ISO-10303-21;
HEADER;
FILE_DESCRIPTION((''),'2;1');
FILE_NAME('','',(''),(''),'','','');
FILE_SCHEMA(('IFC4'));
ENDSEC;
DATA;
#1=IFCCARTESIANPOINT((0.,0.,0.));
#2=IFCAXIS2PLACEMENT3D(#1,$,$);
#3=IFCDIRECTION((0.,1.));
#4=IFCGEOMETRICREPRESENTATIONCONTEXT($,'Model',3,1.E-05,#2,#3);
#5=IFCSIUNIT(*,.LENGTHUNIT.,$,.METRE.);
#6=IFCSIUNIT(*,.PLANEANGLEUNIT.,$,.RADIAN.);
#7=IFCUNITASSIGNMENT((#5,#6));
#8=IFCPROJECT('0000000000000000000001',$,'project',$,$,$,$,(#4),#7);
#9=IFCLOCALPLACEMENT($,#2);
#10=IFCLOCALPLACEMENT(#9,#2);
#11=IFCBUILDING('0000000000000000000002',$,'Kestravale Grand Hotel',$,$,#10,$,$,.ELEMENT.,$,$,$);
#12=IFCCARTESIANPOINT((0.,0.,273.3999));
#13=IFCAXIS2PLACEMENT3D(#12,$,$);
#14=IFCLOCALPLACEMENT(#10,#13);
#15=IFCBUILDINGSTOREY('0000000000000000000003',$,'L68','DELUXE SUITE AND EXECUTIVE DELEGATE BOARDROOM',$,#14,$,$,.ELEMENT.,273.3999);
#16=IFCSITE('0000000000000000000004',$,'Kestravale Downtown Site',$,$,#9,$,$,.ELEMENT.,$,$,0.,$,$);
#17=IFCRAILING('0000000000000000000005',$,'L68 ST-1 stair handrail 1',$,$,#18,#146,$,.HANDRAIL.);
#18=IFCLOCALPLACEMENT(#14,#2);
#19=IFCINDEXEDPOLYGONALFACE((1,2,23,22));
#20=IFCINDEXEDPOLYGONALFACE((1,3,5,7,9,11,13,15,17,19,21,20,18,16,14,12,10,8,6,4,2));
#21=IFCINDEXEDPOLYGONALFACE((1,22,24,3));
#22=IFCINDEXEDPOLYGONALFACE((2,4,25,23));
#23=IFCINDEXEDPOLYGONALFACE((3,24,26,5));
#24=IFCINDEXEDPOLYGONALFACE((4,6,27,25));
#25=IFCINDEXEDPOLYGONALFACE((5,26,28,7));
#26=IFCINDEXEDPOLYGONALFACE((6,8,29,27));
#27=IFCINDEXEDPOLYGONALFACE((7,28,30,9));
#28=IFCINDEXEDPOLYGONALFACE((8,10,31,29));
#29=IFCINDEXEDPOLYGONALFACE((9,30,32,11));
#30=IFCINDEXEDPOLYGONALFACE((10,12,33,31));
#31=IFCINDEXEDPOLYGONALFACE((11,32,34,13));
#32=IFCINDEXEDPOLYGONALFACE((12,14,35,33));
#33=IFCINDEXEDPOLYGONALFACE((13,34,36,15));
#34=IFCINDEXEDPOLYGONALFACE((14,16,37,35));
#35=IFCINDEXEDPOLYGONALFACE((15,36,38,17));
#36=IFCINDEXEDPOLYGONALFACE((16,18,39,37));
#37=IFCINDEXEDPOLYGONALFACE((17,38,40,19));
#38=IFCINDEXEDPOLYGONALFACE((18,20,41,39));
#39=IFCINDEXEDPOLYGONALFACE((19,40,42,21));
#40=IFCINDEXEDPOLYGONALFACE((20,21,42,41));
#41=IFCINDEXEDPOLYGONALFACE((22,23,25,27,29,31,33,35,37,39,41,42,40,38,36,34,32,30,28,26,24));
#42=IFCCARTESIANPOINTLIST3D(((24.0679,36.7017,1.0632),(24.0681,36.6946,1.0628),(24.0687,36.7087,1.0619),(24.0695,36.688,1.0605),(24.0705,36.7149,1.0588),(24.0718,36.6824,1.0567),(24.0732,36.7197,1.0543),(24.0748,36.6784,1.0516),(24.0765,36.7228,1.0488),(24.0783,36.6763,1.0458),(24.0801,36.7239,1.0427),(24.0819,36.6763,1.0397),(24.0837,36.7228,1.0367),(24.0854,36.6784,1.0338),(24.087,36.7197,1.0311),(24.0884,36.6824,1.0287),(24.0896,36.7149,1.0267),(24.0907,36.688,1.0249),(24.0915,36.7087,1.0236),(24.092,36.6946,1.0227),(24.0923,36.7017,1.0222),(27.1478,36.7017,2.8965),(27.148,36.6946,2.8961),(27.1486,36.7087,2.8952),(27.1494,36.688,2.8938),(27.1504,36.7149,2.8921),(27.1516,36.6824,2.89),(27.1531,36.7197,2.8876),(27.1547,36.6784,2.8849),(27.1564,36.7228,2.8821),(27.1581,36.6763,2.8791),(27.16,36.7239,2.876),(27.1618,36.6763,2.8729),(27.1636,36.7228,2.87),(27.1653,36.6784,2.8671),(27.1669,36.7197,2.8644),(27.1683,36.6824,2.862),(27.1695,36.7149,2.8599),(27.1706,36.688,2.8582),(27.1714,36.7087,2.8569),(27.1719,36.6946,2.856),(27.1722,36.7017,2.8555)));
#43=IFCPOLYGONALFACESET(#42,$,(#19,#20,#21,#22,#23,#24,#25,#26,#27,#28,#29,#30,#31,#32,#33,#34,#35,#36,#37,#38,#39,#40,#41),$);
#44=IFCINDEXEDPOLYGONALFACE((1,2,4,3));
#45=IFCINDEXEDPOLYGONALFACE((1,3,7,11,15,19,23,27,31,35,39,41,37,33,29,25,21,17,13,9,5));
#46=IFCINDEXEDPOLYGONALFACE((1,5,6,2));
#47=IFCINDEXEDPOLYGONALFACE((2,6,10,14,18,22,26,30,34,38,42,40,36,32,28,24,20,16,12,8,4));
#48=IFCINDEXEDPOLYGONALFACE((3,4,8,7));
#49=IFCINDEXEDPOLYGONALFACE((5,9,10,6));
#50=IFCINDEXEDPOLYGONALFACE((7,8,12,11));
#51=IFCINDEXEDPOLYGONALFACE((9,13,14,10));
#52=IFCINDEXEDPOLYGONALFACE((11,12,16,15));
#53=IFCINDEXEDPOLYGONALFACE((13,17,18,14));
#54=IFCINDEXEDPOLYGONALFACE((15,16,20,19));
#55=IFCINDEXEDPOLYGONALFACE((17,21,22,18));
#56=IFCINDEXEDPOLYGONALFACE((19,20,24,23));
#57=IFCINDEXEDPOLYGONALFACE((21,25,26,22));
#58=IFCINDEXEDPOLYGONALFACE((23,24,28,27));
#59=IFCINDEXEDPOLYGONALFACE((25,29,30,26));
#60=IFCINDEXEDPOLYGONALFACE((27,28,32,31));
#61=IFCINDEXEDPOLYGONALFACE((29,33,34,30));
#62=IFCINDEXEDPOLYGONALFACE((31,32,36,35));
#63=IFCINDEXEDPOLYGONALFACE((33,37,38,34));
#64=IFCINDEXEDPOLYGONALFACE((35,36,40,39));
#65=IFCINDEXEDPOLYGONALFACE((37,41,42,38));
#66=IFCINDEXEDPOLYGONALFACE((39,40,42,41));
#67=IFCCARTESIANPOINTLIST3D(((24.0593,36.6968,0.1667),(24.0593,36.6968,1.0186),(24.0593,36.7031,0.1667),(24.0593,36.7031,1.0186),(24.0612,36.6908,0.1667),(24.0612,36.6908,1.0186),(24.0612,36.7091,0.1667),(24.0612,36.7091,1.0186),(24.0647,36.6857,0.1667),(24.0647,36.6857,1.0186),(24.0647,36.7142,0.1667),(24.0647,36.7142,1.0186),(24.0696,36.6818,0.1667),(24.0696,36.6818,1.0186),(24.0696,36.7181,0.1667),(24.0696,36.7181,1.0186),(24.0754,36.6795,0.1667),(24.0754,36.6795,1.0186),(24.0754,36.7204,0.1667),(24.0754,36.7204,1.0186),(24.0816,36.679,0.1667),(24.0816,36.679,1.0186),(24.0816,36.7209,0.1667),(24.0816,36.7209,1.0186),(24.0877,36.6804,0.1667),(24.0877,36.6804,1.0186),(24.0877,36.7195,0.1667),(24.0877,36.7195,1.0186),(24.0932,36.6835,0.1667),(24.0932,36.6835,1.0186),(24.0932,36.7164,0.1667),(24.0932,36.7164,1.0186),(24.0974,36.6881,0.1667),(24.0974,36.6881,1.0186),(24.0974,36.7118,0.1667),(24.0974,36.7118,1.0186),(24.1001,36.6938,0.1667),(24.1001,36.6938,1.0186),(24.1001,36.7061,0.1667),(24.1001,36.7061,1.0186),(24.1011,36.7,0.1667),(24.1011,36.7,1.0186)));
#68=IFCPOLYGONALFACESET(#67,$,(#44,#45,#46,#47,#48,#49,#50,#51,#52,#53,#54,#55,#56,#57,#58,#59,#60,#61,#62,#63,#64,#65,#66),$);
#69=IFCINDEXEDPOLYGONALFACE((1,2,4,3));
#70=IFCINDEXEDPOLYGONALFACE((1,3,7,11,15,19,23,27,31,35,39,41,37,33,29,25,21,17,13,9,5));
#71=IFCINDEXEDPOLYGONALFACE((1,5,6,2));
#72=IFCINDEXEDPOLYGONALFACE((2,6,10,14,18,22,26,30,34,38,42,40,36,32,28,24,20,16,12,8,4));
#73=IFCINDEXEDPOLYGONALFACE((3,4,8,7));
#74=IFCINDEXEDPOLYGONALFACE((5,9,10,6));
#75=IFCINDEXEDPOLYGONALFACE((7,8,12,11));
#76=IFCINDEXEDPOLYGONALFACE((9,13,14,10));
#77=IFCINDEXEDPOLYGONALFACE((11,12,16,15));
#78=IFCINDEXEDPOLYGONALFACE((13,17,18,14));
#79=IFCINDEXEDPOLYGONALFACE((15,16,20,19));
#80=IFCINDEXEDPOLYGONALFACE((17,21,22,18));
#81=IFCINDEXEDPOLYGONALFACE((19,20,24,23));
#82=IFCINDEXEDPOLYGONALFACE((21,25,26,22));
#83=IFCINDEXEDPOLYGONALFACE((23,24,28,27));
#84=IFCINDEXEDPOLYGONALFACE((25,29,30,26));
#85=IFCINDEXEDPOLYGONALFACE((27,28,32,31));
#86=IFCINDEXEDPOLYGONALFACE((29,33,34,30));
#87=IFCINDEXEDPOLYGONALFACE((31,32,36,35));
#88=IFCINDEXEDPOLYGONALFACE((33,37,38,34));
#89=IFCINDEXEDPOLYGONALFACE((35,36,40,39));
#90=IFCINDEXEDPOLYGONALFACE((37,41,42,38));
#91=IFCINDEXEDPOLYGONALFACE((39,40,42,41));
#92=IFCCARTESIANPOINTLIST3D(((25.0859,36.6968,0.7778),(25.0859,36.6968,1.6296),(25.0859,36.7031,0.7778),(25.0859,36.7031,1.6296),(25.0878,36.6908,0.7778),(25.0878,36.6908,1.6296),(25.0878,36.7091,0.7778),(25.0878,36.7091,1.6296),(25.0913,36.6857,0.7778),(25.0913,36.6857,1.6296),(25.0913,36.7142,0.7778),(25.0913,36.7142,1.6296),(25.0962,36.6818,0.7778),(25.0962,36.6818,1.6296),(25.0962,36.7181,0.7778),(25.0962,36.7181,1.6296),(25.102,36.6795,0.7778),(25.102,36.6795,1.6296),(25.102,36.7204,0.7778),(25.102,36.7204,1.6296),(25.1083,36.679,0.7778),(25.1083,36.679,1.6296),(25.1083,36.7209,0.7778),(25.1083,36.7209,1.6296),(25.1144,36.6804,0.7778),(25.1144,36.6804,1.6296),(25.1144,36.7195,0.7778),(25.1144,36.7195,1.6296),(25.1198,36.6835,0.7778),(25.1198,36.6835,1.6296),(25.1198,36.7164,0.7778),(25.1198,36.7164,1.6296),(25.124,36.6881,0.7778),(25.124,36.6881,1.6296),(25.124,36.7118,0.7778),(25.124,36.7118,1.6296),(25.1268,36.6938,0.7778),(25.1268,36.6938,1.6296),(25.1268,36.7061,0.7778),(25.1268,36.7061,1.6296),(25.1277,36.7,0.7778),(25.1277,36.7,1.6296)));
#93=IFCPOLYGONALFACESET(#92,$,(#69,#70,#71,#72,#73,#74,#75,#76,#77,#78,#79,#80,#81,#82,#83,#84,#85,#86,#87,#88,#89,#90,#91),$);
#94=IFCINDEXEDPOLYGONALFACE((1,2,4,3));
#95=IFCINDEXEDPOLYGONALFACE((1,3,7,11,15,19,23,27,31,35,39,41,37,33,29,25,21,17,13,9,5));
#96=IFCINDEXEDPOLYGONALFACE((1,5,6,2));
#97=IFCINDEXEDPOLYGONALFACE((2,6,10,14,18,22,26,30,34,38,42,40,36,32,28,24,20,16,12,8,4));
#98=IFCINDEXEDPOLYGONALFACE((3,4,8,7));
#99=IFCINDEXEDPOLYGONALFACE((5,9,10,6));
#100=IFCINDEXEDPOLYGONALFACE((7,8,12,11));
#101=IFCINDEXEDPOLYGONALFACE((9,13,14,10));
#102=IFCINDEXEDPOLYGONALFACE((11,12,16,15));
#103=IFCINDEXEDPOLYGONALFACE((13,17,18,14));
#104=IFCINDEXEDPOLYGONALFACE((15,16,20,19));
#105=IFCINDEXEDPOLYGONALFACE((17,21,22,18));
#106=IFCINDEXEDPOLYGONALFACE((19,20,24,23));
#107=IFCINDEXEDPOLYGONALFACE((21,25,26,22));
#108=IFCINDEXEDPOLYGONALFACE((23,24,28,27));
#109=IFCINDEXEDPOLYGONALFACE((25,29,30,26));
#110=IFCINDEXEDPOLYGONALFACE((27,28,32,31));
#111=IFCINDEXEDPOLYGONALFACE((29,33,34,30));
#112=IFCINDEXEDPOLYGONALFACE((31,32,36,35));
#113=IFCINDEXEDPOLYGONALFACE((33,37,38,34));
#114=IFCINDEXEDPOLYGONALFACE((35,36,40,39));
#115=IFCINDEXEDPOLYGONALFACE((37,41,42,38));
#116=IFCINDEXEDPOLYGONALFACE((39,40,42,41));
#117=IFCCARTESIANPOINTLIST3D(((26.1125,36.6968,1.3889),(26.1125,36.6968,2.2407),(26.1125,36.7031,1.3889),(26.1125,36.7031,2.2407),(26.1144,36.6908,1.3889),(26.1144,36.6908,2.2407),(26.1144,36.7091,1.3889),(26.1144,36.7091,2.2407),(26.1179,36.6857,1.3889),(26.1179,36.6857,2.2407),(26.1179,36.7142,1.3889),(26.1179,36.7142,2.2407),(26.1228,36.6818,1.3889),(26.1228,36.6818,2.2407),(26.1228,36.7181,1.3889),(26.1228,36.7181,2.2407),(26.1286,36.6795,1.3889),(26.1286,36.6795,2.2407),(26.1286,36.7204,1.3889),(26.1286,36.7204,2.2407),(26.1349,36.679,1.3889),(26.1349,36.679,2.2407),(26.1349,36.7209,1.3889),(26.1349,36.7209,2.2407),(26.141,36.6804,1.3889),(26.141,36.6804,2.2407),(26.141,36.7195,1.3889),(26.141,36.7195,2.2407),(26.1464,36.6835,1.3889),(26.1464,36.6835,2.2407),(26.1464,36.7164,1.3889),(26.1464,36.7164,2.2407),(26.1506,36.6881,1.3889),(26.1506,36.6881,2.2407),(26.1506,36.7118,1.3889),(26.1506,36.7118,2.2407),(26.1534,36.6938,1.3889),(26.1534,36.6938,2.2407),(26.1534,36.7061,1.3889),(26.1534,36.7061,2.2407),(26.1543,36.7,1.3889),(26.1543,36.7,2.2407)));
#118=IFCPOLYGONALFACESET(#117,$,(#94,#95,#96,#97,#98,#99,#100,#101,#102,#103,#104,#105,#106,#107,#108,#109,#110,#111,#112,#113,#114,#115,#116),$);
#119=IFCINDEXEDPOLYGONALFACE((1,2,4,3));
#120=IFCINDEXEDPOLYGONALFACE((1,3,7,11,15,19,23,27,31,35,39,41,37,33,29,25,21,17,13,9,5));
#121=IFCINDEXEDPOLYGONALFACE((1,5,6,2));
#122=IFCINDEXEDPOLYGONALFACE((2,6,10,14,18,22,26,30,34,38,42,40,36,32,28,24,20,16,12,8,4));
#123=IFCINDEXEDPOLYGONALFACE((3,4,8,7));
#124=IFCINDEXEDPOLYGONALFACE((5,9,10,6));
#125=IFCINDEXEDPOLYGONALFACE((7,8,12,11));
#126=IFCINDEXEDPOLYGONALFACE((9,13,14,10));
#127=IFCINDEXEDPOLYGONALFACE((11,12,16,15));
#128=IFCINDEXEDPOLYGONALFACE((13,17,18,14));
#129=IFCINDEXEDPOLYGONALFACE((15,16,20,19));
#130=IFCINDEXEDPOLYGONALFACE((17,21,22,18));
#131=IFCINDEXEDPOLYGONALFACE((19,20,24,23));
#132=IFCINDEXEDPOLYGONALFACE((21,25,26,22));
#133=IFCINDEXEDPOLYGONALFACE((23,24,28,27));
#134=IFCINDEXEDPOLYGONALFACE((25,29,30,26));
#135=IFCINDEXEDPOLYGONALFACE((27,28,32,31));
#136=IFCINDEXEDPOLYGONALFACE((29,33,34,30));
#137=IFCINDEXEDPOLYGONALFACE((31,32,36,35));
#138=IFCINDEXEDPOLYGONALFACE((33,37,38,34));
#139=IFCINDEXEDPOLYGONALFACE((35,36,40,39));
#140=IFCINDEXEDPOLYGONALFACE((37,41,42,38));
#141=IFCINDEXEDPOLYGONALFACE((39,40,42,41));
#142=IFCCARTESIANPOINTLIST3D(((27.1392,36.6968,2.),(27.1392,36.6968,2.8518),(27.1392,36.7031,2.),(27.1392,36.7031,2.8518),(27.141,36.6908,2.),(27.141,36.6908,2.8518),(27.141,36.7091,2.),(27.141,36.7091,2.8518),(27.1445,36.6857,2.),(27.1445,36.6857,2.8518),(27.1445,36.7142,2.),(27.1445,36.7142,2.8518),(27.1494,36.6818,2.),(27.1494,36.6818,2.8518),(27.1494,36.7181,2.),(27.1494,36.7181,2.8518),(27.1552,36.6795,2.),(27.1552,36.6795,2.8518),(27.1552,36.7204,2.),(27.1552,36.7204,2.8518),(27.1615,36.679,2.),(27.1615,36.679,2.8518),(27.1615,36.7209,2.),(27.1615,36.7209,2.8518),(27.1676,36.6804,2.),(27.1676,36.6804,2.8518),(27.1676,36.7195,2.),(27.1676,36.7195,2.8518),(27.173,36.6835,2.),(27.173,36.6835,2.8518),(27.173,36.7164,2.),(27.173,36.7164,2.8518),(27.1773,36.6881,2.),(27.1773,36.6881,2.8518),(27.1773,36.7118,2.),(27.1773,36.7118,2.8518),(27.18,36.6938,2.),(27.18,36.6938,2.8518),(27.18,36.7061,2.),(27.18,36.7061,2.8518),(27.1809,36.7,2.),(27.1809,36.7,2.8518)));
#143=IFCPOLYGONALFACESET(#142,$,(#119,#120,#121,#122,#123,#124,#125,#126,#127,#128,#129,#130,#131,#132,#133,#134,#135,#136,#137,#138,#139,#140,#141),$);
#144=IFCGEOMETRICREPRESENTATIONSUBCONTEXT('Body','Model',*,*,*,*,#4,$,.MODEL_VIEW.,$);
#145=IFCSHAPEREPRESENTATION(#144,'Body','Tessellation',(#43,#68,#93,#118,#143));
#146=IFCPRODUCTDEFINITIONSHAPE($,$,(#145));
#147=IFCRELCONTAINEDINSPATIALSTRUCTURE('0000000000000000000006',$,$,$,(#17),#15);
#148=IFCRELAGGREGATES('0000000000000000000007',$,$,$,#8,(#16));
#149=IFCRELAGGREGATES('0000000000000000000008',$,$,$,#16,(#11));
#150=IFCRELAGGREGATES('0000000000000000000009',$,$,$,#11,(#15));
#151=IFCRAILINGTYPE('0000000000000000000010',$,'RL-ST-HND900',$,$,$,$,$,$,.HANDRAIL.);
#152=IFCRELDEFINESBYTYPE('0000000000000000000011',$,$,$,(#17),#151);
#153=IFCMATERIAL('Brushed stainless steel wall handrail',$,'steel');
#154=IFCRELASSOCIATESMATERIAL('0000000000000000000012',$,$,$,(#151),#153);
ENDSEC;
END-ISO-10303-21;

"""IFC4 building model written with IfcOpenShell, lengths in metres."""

from ifc_helpers import new_model, si_unit, direction, frame, origin, origin_2d, place, context, subcontext, project, spatial, circle, extrude, material, type_object, element, save


model = new_model("IFC4")

# Units and contexts
model_context = context("Model", 3, precision=1e-05, world=origin(), true_north=direction((0.0, 1.0)))
body_context = subcontext(model_context, "Body", "Model", "MODEL_VIEW")
ifc_project = project(units=[si_unit("LENGTHUNIT", "METRE"), si_unit("PLANEANGLEUNIT", "RADIAN")], contexts=[model_context])

# Site, building, storey
site_placement = place(None, origin())
site = spatial("IfcSite", under=ifc_project, at=site_placement, Name="Kestravale Downtown Site", CompositionType="ELEMENT", RefElevation=0.0)
building_placement = place(site_placement, origin())
building = spatial("IfcBuilding", under=site, at=building_placement, Name="Kestravale Grand Hotel", CompositionType="ELEMENT")
storey_placement = place(building_placement, frame((0.0, 0.0, 273.3999)))
storey = spatial("IfcBuildingStorey", under=building, at=storey_placement, Name="L68", Description="DELUXE SUITE AND EXECUTIVE DELEGATE BOARDROOM", CompositionType="ELEMENT", Elevation=273.3999)

# Railing
ifc_material_1 = material(Name="Brushed stainless steel wall handrail", Category="steel")
railing_type_1 = type_object("IfcRailingType", Name="RL-ST-HND900", PredefinedType="HANDRAIL", material=ifc_material_1)
railing_1_placement = place(storey_placement, frame((24.0801, 36.7, 0.1667)))
element("IfcRailing", 1, at=railing_1_placement, inside=storey, type_object=railing_type_1, Name="L68 ST-1 stair handrail 1", PredefinedType="HANDRAIL", context=body_context, shape_type="SweptSolid", body=[
    extrude(circle(Radius=0.0239, at=origin_2d()), frame((0.0, 0.0, 0.876), z_axis=(0.859291, 0.0, 0.511487), x_axis=(0.0, 1.0, 0.0)), (0.0, 0.0, 1.0), 3.5842),
    extrude(circle(Radius=0.021, at=origin_2d()), origin(), (0.0, 0.0, 1.0), 0.8518),
    extrude(circle(Radius=0.021, at=origin_2d()), frame((1.0266, 0.0, 0.6111)), (0.0, 0.0, 1.0), 0.8518),
    extrude(circle(Radius=0.021, at=origin_2d()), frame((2.0532, 0.0, 1.2222)), (0.0, 0.0, 1.0), 0.8518),
    extrude(circle(Radius=0.021, at=origin_2d()), frame((3.0798, 0.0, 1.8333)), (0.0, 0.0, 1.0), 0.8518),
])

save(model, "model.ifc")
